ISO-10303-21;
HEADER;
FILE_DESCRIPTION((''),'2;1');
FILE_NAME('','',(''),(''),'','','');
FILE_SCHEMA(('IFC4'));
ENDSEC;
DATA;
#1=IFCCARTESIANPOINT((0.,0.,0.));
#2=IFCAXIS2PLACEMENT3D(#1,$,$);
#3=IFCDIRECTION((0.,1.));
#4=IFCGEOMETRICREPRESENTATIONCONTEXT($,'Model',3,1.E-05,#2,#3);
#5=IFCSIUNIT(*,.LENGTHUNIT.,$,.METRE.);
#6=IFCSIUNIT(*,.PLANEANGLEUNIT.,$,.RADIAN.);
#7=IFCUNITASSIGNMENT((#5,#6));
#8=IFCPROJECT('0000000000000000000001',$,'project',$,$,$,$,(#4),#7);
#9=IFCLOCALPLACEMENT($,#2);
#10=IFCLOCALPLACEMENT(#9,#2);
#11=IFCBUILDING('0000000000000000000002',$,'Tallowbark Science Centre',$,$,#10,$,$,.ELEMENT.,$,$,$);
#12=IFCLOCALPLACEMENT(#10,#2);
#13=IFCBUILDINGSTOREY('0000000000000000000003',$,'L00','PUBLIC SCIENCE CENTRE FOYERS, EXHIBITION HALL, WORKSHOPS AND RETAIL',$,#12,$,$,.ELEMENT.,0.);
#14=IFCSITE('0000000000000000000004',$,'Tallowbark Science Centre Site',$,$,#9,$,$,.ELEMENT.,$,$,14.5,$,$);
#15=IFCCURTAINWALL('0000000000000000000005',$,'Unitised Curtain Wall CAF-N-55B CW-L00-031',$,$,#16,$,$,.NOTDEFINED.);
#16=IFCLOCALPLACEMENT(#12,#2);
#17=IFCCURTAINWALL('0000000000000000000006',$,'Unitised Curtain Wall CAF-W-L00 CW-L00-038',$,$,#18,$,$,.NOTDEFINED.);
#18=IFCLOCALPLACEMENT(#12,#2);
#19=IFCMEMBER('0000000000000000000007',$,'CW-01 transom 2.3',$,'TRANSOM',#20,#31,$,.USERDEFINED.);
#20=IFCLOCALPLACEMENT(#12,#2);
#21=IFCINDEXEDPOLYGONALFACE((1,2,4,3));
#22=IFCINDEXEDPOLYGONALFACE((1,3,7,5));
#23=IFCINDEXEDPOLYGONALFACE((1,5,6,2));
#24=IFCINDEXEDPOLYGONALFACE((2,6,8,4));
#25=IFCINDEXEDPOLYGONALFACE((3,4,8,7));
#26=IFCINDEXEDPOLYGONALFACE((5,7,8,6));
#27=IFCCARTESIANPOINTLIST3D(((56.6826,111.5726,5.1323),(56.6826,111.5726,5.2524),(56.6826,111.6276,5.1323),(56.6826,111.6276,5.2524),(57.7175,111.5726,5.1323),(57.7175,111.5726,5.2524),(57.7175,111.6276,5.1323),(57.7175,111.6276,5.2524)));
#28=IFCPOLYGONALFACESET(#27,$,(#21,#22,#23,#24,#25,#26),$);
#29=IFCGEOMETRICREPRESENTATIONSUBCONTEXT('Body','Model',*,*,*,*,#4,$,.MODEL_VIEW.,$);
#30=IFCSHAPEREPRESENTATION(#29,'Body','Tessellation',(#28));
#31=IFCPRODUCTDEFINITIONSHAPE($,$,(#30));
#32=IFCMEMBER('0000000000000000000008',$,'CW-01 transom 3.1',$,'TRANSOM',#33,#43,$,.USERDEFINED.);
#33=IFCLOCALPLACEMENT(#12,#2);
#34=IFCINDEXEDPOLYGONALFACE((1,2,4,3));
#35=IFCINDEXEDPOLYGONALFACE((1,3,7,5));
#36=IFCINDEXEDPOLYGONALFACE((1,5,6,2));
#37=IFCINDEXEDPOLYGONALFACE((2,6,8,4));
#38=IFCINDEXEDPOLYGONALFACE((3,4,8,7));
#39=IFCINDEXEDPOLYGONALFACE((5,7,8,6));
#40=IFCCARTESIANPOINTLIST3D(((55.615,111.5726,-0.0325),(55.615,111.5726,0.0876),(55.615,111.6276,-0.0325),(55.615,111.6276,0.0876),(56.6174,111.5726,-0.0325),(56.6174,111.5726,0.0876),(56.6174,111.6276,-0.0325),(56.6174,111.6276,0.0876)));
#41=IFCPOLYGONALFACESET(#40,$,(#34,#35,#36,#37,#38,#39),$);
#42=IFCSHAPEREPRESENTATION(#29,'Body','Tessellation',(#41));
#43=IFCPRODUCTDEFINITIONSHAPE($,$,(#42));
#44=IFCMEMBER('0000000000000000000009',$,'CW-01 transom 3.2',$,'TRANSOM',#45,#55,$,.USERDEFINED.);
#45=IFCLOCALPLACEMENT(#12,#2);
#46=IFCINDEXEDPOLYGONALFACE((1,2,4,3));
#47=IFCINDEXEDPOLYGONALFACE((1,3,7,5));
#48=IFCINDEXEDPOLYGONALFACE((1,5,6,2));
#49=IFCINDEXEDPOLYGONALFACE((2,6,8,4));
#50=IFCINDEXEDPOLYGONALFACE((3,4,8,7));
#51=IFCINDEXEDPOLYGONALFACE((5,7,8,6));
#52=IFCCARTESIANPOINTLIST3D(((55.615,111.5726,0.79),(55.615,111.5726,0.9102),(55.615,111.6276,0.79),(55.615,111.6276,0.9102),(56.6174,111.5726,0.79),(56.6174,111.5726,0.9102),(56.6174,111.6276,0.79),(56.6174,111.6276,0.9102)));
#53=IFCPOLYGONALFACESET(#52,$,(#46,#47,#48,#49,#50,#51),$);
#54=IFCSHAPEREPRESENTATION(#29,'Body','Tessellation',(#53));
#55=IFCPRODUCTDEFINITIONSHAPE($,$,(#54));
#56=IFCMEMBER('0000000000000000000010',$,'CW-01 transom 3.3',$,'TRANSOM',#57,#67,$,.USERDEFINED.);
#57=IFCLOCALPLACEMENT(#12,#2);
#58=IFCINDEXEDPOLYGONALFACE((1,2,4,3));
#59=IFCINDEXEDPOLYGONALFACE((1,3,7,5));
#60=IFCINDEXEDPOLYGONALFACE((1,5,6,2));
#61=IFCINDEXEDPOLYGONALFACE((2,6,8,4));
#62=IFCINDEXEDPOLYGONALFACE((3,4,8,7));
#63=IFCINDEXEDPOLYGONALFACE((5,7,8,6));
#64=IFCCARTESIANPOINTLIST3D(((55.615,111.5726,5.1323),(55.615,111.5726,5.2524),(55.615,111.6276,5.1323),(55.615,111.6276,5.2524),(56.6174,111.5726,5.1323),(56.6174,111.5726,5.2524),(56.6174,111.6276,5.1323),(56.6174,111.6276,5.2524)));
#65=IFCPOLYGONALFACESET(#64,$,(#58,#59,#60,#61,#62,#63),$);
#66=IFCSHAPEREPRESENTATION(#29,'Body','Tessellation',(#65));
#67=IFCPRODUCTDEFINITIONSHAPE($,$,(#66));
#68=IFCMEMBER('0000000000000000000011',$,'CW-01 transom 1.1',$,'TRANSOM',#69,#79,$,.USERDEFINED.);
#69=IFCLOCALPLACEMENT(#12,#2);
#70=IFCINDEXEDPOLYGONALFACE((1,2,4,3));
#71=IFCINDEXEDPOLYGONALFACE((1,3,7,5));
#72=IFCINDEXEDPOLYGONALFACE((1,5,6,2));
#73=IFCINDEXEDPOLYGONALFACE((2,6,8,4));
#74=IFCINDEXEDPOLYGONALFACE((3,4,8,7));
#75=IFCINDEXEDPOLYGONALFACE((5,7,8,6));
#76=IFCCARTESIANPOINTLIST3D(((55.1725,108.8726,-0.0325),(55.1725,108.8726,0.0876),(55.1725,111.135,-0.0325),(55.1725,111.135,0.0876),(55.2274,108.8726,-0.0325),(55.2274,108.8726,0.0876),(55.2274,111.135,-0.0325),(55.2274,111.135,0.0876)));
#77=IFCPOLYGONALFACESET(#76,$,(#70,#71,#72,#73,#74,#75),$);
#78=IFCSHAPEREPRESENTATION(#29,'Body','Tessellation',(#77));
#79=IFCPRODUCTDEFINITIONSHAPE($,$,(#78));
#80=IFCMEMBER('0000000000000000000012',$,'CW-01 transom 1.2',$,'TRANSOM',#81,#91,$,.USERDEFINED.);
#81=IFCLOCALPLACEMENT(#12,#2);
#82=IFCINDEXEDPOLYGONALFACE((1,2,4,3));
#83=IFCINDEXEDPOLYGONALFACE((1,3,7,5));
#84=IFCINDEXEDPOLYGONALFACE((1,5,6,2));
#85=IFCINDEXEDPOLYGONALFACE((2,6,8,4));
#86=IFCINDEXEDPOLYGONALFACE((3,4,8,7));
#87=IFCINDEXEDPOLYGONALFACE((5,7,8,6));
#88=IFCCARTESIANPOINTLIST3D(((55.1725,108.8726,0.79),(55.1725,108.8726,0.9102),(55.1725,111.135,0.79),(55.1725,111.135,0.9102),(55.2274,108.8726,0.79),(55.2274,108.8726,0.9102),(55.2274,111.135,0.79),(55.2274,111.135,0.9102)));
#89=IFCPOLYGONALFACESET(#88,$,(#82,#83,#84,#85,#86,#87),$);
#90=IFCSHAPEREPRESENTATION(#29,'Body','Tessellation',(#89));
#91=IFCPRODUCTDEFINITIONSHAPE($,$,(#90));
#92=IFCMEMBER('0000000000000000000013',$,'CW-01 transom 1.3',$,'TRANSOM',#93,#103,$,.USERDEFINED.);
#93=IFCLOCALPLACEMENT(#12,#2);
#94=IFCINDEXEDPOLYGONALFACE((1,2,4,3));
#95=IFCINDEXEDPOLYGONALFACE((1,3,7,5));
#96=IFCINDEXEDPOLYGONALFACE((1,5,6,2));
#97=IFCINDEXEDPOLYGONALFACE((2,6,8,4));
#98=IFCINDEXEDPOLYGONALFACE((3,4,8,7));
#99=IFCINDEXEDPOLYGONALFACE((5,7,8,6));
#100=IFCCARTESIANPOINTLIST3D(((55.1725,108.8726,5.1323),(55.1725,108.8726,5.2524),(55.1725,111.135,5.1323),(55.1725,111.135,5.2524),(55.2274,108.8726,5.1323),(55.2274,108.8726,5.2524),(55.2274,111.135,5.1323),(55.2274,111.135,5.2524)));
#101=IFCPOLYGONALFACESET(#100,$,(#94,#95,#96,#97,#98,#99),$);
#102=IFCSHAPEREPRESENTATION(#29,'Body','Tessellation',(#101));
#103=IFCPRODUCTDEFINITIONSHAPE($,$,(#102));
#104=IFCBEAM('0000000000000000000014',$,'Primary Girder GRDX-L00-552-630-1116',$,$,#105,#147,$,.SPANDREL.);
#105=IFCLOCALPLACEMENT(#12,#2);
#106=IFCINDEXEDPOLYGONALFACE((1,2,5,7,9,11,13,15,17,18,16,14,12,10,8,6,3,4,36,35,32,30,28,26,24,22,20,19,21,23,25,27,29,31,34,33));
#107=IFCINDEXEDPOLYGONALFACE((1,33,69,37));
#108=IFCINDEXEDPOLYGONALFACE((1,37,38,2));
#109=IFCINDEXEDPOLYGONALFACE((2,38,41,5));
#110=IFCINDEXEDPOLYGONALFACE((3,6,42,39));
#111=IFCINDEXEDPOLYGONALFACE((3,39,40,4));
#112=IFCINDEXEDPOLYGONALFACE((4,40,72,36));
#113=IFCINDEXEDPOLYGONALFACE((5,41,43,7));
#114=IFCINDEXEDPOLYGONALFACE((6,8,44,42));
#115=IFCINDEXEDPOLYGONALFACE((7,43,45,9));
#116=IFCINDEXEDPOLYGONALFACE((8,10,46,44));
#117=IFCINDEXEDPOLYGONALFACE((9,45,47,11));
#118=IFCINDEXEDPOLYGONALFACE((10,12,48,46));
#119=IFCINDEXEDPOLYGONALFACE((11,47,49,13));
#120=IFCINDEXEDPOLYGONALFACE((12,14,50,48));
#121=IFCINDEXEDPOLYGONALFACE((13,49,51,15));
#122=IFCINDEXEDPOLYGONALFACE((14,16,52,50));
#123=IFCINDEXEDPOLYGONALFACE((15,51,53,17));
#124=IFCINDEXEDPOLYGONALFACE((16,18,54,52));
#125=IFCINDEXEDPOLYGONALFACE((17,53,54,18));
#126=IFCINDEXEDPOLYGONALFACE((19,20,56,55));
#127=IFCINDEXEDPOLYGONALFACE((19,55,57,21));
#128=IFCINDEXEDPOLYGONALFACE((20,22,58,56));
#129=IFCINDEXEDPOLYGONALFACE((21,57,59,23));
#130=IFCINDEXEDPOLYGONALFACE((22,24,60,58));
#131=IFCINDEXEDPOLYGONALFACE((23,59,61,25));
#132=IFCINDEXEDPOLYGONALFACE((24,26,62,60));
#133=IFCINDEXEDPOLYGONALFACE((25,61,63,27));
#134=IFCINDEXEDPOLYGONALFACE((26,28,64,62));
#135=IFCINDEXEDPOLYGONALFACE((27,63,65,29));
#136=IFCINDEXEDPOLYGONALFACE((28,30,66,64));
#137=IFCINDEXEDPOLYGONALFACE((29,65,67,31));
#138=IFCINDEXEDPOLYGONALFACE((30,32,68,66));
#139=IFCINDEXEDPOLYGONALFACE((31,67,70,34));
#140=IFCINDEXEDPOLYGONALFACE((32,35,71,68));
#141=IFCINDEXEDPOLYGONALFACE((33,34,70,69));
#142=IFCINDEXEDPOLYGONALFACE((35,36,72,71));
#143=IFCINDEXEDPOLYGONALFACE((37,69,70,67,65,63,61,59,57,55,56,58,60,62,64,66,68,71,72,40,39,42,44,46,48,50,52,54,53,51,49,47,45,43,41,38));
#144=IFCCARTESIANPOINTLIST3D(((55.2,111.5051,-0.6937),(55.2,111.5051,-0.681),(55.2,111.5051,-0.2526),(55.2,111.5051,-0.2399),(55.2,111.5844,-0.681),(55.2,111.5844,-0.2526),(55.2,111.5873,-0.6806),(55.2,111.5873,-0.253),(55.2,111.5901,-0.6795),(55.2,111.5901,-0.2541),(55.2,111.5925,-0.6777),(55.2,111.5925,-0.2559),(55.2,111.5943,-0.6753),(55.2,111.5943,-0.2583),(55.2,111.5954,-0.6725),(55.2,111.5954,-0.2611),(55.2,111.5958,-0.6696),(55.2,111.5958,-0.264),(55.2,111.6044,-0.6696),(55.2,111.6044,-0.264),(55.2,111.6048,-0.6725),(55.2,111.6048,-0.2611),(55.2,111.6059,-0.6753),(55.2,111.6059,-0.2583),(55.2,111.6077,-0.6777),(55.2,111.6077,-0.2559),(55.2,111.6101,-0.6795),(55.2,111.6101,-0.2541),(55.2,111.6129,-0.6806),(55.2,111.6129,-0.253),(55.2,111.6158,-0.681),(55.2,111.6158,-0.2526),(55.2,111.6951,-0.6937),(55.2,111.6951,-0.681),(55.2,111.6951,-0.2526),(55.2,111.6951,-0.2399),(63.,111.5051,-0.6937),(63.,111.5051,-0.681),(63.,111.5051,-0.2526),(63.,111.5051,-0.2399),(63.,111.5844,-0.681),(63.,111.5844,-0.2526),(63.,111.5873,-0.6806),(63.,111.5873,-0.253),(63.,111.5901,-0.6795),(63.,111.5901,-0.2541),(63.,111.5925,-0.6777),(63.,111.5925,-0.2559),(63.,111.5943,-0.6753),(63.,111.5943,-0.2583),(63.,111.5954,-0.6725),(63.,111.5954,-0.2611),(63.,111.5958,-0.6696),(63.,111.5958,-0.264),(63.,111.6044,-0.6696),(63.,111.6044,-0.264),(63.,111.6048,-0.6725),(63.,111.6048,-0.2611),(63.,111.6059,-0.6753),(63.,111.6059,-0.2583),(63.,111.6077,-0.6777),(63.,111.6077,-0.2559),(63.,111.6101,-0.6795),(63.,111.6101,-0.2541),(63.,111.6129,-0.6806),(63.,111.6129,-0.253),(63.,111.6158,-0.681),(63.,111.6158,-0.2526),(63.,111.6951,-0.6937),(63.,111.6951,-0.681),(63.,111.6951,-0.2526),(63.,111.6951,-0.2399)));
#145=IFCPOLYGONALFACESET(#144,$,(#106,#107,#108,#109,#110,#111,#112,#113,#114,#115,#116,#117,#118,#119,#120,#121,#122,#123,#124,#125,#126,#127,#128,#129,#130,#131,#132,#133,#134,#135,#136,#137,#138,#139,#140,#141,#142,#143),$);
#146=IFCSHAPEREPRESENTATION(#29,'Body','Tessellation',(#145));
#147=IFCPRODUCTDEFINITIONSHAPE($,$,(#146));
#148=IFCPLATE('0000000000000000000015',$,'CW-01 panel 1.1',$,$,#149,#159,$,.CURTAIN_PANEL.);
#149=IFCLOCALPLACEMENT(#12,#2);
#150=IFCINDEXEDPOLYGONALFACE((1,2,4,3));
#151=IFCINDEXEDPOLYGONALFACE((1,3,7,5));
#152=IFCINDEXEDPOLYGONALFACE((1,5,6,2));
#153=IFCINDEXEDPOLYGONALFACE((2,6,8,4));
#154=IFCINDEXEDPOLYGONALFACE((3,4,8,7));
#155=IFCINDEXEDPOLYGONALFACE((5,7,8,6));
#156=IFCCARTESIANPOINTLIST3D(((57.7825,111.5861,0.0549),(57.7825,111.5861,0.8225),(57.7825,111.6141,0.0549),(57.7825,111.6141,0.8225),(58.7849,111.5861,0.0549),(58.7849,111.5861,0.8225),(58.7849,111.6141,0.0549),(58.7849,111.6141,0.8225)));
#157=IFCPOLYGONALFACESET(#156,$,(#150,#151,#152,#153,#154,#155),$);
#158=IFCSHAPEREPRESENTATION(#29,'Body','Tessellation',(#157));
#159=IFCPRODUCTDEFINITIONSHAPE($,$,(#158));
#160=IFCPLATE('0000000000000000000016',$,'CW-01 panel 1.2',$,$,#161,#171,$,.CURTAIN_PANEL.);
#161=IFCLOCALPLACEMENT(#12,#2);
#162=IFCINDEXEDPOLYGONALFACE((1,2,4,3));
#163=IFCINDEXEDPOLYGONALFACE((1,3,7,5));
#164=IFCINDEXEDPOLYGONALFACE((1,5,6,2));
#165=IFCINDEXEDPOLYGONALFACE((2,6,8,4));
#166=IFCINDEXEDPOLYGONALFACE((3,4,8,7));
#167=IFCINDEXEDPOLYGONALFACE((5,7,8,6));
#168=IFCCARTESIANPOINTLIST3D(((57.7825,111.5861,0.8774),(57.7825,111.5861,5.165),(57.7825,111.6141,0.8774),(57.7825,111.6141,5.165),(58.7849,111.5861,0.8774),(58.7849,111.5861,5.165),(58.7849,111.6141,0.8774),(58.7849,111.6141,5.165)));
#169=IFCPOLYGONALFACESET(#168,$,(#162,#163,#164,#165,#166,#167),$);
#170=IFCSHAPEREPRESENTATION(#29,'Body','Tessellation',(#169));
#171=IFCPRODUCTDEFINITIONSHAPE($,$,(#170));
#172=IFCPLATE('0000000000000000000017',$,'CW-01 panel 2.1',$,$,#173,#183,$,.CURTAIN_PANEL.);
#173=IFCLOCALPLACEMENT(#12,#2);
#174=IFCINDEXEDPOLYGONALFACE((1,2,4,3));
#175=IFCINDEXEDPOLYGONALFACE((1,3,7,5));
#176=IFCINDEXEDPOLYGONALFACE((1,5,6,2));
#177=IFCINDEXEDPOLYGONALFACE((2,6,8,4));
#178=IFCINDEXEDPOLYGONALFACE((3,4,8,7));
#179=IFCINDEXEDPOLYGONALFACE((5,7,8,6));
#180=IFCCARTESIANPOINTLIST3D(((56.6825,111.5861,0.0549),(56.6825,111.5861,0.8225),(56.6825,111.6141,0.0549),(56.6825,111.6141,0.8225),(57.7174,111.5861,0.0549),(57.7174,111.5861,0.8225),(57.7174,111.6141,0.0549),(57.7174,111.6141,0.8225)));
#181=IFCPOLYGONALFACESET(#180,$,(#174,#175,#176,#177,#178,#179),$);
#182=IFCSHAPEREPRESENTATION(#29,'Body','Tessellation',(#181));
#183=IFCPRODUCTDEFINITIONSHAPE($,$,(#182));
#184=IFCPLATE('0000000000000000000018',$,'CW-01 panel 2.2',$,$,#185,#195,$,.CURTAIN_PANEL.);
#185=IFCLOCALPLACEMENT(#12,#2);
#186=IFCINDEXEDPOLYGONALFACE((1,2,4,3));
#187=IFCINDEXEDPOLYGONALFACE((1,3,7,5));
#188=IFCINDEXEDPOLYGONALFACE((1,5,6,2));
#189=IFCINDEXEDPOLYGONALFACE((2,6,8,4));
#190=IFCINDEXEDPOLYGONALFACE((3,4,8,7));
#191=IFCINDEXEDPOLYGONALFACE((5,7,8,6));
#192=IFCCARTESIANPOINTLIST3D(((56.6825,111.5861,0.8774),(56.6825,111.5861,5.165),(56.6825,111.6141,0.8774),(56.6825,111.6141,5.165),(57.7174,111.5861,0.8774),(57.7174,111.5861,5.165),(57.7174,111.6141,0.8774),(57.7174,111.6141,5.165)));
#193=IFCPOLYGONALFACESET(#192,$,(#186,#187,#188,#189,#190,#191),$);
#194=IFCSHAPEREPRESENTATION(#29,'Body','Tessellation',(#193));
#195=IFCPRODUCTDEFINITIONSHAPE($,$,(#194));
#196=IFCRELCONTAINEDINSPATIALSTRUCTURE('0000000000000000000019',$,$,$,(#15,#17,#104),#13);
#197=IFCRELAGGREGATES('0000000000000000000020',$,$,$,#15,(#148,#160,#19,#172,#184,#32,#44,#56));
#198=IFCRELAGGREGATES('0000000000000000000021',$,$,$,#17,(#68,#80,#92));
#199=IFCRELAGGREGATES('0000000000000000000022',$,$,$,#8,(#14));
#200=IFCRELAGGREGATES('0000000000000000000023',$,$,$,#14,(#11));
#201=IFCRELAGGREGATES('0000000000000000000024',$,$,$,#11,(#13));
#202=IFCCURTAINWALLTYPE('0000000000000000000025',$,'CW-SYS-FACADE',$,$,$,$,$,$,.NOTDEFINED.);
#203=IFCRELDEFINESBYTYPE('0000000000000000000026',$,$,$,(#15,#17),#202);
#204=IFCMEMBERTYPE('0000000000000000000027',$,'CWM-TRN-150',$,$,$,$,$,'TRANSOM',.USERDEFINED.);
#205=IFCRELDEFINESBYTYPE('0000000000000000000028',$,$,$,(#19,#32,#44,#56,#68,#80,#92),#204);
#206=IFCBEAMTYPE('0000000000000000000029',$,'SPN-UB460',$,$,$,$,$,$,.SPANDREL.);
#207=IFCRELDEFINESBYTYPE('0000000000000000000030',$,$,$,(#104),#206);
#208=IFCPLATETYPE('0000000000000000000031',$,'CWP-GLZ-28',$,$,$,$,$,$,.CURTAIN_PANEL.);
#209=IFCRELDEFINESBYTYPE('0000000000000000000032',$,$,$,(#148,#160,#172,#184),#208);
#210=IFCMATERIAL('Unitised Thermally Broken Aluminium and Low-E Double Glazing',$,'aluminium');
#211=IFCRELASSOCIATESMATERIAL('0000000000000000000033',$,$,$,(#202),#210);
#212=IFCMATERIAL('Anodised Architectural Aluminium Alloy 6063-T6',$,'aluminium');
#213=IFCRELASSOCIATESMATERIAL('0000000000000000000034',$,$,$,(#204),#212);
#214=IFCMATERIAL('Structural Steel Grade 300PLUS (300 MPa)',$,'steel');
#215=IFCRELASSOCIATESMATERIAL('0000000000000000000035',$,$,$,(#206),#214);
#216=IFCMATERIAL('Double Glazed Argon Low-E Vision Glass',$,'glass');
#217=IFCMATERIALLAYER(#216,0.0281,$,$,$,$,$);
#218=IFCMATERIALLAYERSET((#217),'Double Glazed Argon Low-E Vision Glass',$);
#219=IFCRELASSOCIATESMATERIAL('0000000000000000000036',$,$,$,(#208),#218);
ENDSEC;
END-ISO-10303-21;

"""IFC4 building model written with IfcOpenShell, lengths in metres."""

from ifc_helpers import new_model, si_unit, direction, frame, origin, origin_2d, place, context, subcontext, project, spatial, rectangle, i_section, extrude, material, layer, layer_set, material_profile, profile_set, type_object, element, aggregate, save


model = new_model("IFC4")

# Units and contexts
model_context = context("Model", 3, precision=1e-05, world=origin(), true_north=direction((0.0, 1.0)))
body_context = subcontext(model_context, "Body", "Model", "MODEL_VIEW")
ifc_project = project(units=[si_unit("LENGTHUNIT", "METRE"), si_unit("PLANEANGLEUNIT", "RADIAN")], contexts=[model_context])

# Site, building, storey
site_placement = place(None, origin())
site = spatial("IfcSite", under=ifc_project, at=site_placement, Name="Tallowbark Science Centre Site", CompositionType="ELEMENT", RefElevation=14.5)
building_placement = place(site_placement, origin())
building = spatial("IfcBuilding", under=site, at=building_placement, Name="Tallowbark Science Centre", CompositionType="ELEMENT")
storey_placement = place(building_placement, origin())
storey = spatial("IfcBuildingStorey", under=building, at=storey_placement, Name="L00", Description="PUBLIC SCIENCE CENTRE FOYERS, EXHIBITION HALL, WORKSHOPS AND RETAIL", CompositionType="ELEMENT", Elevation=0.0)

# Shared definitions
ifc_material_1 = material(Name="Structural Steel Grade 300PLUS (300 MPa)", Category="steel")

# Shared definitions
ifc_material_2 = material(Name="Unitised Thermally Broken Aluminium and Low-E Double Glazing", Category="aluminium")
curtain_wall_type = type_object("IfcCurtainWallType", Name="CW-SYS-FACADE", PredefinedType="NOTDEFINED", material=ifc_material_2)
ifc_material_3 = material(Name="Anodised Architectural Aluminium Alloy 6063-T6", Category="aluminium")

# Curtain wall
curtain_wall_1_placement = place(storey_placement, origin())
curtain_wall_1 = element("IfcCurtainWall", 1, at=curtain_wall_1_placement, inside=storey, type_object=curtain_wall_type, Name="Unitised Curtain Wall CAF-N-55B CW-L00-031", PredefinedType="NOTDEFINED")

# Curtain wall
curtain_wall_2_placement = place(storey_placement, origin())
curtain_wall_2 = element("IfcCurtainWall", 2, at=curtain_wall_2_placement, inside=storey, type_object=curtain_wall_type, Name="Unitised Curtain Wall CAF-W-L00 CW-L00-038", PredefinedType="NOTDEFINED")

# Members
ifc_material_profile_1 = material_profile(ifc_material_3, rectangle(XDim=0.0549, YDim=0.1201, at=origin_2d()), Name="ALU55x120")
ifc_profile_set_1 = profile_set([ifc_material_profile_1], Name="Anodised Architectural Aluminium Alloy 6063-T6")
member_type_1 = type_object("IfcMemberType", Name="CWM-TRN-150", ElementType="TRANSOM", PredefinedType="USERDEFINED", material=ifc_profile_set_1)
member_1_placement = place(storey_placement, frame((57.7175, 111.6001, 5.1924), z_axis=(-1.0, 0.0, 0.0), x_axis=(0.0, -1.0, 0.0)))
member_1 = element("IfcMember", 3, at=member_1_placement, type_object=member_type_1, Name="CW-01 transom 2.3", ObjectType="TRANSOM", PredefinedType="USERDEFINED", context=body_context, shape_type="SweptSolid", body=[
    extrude(rectangle(XDim=0.0549, YDim=0.1201, at=origin_2d()), origin(), (0.0, 0.0, 1.0), 1.0349),
])
member_2_placement = place(storey_placement, frame((56.6174, 111.6001, 0.0276), z_axis=(-1.0, 0.0, 0.0), x_axis=(0.0, -1.0, 0.0)))
member_2 = element("IfcMember", 4, at=member_2_placement, type_object=member_type_1, Name="CW-01 transom 3.1", ObjectType="TRANSOM", PredefinedType="USERDEFINED", context=body_context, shape_type="SweptSolid", body=[
    extrude(rectangle(XDim=0.0549, YDim=0.1201, at=origin_2d()), origin(), (0.0, 0.0, 1.0), 1.0024),
])
member_3_placement = place(storey_placement, frame((56.6174, 111.6001, 0.8501), z_axis=(-1.0, 0.0, 0.0), x_axis=(0.0, -1.0, 0.0)))
member_3 = element("IfcMember", 5, at=member_3_placement, type_object=member_type_1, Name="CW-01 transom 3.2", ObjectType="TRANSOM", PredefinedType="USERDEFINED", context=body_context, shape_type="SweptSolid", body=[
    extrude(rectangle(XDim=0.0549, YDim=0.1201, at=origin_2d()), origin(), (0.0, 0.0, 1.0), 1.0024),
])
member_4_placement = place(storey_placement, frame((56.6174, 111.6001, 5.1924), z_axis=(-1.0, 0.0, 0.0), x_axis=(0.0, -1.0, 0.0)))
member_4 = element("IfcMember", 6, at=member_4_placement, type_object=member_type_1, Name="CW-01 transom 3.3", ObjectType="TRANSOM", PredefinedType="USERDEFINED", context=body_context, shape_type="SweptSolid", body=[
    extrude(rectangle(XDim=0.0549, YDim=0.1201, at=origin_2d()), origin(), (0.0, 0.0, 1.0), 1.0024),
])
member_5_placement = place(storey_placement, frame((55.2, 111.135, 0.0276), z_axis=(0.0, -1.0, 0.0), x_axis=(1.0, 0.0, 0.0)))
member_5 = element("IfcMember", 7, at=member_5_placement, type_object=member_type_1, Name="CW-01 transom 1.1", ObjectType="TRANSOM", PredefinedType="USERDEFINED", context=body_context, shape_type="SweptSolid", body=[
    extrude(rectangle(XDim=0.0549, YDim=0.1201, at=origin_2d()), origin(), (0.0, 0.0, 1.0), 2.2625),
])
member_6_placement = place(storey_placement, frame((55.2, 111.135, 0.8501), z_axis=(0.0, -1.0, 0.0), x_axis=(1.0, 0.0, 0.0)))
member_6 = element("IfcMember", 8, at=member_6_placement, type_object=member_type_1, Name="CW-01 transom 1.2", ObjectType="TRANSOM", PredefinedType="USERDEFINED", context=body_context, shape_type="SweptSolid", body=[
    extrude(rectangle(XDim=0.0549, YDim=0.1201, at=origin_2d()), origin(), (0.0, 0.0, 1.0), 2.2625),
])
member_7_placement = place(storey_placement, frame((55.2, 111.135, 5.1924), z_axis=(0.0, -1.0, 0.0), x_axis=(1.0, 0.0, 0.0)))
member_7 = element("IfcMember", 9, at=member_7_placement, type_object=member_type_1, Name="CW-01 transom 1.3", ObjectType="TRANSOM", PredefinedType="USERDEFINED", context=body_context, shape_type="SweptSolid", body=[
    extrude(rectangle(XDim=0.0549, YDim=0.1201, at=origin_2d()), origin(), (0.0, 0.0, 1.0), 2.2625),
])

# Beam
ifc_material_profile_2 = material_profile(ifc_material_1, i_section(OverallWidth=0.1899, OverallDepth=0.4539, WebThickness=0.0085, FlangeThickness=0.0127, FilletRadius=0.0115, at=origin_2d()), Name="460UB67.1")
ifc_profile_set_2 = profile_set([ifc_material_profile_2], Name="Structural Steel Grade 300PLUS (300 MPa)")
beam_type = type_object("IfcBeamType", Name="SPN-UB460", PredefinedType="SPANDREL", material=ifc_profile_set_2)
beam_placement = place(storey_placement, frame((55.2, 111.6001, -0.4668), z_axis=(1.0, 0.0, 0.0), x_axis=(0.0, 1.0, 0.0)))
element("IfcBeam", 10, at=beam_placement, inside=storey, type_object=beam_type, Name="Primary Girder GRDX-L00-552-630-1116", PredefinedType="SPANDREL", context=body_context, shape_type="SweptSolid", body=[
    extrude(i_section(OverallWidth=0.1899, OverallDepth=0.4539, WebThickness=0.0085, FlangeThickness=0.0127, FilletRadius=0.0115, at=origin_2d()), origin(), (0.0, 0.0, 1.0), 7.8),
])

# Plates
ifc_material_4 = material(Name="Double Glazed Argon Low-E Vision Glass", Category="glass")
ifc_layer_1 = layer(ifc_material_4, 0.0281)
ifc_layer_set_1 = layer_set([ifc_layer_1], Name="Double Glazed Argon Low-E Vision Glass")
plate_type_1 = type_object("IfcPlateType", Name="CWP-GLZ-28", PredefinedType="CURTAIN_PANEL", material=ifc_layer_set_1)
plate_1_placement = place(storey_placement, frame((58.2837, 111.6001, 0.0549), z_axis=(0.0, 0.0, 1.0), x_axis=(-1.0, 0.0, 0.0)))
plate_1 = element("IfcPlate", 11, at=plate_1_placement, type_object=plate_type_1, Name="CW-01 panel 1.1", PredefinedType="CURTAIN_PANEL", context=body_context, shape_type="SweptSolid", body=[
    extrude(rectangle(XDim=1.0024, YDim=0.0281, at=origin_2d()), origin(), (0.0, 0.0, 1.0), 0.7676),
])
plate_2_placement = place(storey_placement, frame((58.2837, 111.6001, 0.8774), z_axis=(0.0, 0.0, 1.0), x_axis=(-1.0, 0.0, 0.0)))
plate_2 = element("IfcPlate", 12, at=plate_2_placement, type_object=plate_type_1, Name="CW-01 panel 1.2", PredefinedType="CURTAIN_PANEL", context=body_context, shape_type="SweptSolid", body=[
    extrude(rectangle(XDim=1.0024, YDim=0.0281, at=origin_2d()), origin(), (0.0, 0.0, 1.0), 4.2876),
])
plate_3_placement = place(storey_placement, frame((57.2, 111.6001, 0.0549), z_axis=(0.0, 0.0, 1.0), x_axis=(-1.0, 0.0, 0.0)))
plate_3 = element("IfcPlate", 13, at=plate_3_placement, type_object=plate_type_1, Name="CW-01 panel 2.1", PredefinedType="CURTAIN_PANEL", context=body_context, shape_type="SweptSolid", body=[
    extrude(rectangle(XDim=1.0349, YDim=0.0281, at=origin_2d()), origin(), (0.0, 0.0, 1.0), 0.7676),
])
plate_4_placement = place(storey_placement, frame((57.2, 111.6001, 0.8774), z_axis=(0.0, 0.0, 1.0), x_axis=(-1.0, 0.0, 0.0)))
plate_4 = element("IfcPlate", 14, at=plate_4_placement, type_object=plate_type_1, Name="CW-01 panel 2.2", PredefinedType="CURTAIN_PANEL", context=body_context, shape_type="SweptSolid", body=[
    extrude(rectangle(XDim=1.0349, YDim=0.0281, at=origin_2d()), origin(), (0.0, 0.0, 1.0), 4.2876),
])
aggregate(curtain_wall_1, [plate_1, plate_2, member_1, plate_3, plate_4, member_2, member_3, member_4])
aggregate(curtain_wall_2, [member_5, member_6, member_7])

save(model, "model.ifc")
